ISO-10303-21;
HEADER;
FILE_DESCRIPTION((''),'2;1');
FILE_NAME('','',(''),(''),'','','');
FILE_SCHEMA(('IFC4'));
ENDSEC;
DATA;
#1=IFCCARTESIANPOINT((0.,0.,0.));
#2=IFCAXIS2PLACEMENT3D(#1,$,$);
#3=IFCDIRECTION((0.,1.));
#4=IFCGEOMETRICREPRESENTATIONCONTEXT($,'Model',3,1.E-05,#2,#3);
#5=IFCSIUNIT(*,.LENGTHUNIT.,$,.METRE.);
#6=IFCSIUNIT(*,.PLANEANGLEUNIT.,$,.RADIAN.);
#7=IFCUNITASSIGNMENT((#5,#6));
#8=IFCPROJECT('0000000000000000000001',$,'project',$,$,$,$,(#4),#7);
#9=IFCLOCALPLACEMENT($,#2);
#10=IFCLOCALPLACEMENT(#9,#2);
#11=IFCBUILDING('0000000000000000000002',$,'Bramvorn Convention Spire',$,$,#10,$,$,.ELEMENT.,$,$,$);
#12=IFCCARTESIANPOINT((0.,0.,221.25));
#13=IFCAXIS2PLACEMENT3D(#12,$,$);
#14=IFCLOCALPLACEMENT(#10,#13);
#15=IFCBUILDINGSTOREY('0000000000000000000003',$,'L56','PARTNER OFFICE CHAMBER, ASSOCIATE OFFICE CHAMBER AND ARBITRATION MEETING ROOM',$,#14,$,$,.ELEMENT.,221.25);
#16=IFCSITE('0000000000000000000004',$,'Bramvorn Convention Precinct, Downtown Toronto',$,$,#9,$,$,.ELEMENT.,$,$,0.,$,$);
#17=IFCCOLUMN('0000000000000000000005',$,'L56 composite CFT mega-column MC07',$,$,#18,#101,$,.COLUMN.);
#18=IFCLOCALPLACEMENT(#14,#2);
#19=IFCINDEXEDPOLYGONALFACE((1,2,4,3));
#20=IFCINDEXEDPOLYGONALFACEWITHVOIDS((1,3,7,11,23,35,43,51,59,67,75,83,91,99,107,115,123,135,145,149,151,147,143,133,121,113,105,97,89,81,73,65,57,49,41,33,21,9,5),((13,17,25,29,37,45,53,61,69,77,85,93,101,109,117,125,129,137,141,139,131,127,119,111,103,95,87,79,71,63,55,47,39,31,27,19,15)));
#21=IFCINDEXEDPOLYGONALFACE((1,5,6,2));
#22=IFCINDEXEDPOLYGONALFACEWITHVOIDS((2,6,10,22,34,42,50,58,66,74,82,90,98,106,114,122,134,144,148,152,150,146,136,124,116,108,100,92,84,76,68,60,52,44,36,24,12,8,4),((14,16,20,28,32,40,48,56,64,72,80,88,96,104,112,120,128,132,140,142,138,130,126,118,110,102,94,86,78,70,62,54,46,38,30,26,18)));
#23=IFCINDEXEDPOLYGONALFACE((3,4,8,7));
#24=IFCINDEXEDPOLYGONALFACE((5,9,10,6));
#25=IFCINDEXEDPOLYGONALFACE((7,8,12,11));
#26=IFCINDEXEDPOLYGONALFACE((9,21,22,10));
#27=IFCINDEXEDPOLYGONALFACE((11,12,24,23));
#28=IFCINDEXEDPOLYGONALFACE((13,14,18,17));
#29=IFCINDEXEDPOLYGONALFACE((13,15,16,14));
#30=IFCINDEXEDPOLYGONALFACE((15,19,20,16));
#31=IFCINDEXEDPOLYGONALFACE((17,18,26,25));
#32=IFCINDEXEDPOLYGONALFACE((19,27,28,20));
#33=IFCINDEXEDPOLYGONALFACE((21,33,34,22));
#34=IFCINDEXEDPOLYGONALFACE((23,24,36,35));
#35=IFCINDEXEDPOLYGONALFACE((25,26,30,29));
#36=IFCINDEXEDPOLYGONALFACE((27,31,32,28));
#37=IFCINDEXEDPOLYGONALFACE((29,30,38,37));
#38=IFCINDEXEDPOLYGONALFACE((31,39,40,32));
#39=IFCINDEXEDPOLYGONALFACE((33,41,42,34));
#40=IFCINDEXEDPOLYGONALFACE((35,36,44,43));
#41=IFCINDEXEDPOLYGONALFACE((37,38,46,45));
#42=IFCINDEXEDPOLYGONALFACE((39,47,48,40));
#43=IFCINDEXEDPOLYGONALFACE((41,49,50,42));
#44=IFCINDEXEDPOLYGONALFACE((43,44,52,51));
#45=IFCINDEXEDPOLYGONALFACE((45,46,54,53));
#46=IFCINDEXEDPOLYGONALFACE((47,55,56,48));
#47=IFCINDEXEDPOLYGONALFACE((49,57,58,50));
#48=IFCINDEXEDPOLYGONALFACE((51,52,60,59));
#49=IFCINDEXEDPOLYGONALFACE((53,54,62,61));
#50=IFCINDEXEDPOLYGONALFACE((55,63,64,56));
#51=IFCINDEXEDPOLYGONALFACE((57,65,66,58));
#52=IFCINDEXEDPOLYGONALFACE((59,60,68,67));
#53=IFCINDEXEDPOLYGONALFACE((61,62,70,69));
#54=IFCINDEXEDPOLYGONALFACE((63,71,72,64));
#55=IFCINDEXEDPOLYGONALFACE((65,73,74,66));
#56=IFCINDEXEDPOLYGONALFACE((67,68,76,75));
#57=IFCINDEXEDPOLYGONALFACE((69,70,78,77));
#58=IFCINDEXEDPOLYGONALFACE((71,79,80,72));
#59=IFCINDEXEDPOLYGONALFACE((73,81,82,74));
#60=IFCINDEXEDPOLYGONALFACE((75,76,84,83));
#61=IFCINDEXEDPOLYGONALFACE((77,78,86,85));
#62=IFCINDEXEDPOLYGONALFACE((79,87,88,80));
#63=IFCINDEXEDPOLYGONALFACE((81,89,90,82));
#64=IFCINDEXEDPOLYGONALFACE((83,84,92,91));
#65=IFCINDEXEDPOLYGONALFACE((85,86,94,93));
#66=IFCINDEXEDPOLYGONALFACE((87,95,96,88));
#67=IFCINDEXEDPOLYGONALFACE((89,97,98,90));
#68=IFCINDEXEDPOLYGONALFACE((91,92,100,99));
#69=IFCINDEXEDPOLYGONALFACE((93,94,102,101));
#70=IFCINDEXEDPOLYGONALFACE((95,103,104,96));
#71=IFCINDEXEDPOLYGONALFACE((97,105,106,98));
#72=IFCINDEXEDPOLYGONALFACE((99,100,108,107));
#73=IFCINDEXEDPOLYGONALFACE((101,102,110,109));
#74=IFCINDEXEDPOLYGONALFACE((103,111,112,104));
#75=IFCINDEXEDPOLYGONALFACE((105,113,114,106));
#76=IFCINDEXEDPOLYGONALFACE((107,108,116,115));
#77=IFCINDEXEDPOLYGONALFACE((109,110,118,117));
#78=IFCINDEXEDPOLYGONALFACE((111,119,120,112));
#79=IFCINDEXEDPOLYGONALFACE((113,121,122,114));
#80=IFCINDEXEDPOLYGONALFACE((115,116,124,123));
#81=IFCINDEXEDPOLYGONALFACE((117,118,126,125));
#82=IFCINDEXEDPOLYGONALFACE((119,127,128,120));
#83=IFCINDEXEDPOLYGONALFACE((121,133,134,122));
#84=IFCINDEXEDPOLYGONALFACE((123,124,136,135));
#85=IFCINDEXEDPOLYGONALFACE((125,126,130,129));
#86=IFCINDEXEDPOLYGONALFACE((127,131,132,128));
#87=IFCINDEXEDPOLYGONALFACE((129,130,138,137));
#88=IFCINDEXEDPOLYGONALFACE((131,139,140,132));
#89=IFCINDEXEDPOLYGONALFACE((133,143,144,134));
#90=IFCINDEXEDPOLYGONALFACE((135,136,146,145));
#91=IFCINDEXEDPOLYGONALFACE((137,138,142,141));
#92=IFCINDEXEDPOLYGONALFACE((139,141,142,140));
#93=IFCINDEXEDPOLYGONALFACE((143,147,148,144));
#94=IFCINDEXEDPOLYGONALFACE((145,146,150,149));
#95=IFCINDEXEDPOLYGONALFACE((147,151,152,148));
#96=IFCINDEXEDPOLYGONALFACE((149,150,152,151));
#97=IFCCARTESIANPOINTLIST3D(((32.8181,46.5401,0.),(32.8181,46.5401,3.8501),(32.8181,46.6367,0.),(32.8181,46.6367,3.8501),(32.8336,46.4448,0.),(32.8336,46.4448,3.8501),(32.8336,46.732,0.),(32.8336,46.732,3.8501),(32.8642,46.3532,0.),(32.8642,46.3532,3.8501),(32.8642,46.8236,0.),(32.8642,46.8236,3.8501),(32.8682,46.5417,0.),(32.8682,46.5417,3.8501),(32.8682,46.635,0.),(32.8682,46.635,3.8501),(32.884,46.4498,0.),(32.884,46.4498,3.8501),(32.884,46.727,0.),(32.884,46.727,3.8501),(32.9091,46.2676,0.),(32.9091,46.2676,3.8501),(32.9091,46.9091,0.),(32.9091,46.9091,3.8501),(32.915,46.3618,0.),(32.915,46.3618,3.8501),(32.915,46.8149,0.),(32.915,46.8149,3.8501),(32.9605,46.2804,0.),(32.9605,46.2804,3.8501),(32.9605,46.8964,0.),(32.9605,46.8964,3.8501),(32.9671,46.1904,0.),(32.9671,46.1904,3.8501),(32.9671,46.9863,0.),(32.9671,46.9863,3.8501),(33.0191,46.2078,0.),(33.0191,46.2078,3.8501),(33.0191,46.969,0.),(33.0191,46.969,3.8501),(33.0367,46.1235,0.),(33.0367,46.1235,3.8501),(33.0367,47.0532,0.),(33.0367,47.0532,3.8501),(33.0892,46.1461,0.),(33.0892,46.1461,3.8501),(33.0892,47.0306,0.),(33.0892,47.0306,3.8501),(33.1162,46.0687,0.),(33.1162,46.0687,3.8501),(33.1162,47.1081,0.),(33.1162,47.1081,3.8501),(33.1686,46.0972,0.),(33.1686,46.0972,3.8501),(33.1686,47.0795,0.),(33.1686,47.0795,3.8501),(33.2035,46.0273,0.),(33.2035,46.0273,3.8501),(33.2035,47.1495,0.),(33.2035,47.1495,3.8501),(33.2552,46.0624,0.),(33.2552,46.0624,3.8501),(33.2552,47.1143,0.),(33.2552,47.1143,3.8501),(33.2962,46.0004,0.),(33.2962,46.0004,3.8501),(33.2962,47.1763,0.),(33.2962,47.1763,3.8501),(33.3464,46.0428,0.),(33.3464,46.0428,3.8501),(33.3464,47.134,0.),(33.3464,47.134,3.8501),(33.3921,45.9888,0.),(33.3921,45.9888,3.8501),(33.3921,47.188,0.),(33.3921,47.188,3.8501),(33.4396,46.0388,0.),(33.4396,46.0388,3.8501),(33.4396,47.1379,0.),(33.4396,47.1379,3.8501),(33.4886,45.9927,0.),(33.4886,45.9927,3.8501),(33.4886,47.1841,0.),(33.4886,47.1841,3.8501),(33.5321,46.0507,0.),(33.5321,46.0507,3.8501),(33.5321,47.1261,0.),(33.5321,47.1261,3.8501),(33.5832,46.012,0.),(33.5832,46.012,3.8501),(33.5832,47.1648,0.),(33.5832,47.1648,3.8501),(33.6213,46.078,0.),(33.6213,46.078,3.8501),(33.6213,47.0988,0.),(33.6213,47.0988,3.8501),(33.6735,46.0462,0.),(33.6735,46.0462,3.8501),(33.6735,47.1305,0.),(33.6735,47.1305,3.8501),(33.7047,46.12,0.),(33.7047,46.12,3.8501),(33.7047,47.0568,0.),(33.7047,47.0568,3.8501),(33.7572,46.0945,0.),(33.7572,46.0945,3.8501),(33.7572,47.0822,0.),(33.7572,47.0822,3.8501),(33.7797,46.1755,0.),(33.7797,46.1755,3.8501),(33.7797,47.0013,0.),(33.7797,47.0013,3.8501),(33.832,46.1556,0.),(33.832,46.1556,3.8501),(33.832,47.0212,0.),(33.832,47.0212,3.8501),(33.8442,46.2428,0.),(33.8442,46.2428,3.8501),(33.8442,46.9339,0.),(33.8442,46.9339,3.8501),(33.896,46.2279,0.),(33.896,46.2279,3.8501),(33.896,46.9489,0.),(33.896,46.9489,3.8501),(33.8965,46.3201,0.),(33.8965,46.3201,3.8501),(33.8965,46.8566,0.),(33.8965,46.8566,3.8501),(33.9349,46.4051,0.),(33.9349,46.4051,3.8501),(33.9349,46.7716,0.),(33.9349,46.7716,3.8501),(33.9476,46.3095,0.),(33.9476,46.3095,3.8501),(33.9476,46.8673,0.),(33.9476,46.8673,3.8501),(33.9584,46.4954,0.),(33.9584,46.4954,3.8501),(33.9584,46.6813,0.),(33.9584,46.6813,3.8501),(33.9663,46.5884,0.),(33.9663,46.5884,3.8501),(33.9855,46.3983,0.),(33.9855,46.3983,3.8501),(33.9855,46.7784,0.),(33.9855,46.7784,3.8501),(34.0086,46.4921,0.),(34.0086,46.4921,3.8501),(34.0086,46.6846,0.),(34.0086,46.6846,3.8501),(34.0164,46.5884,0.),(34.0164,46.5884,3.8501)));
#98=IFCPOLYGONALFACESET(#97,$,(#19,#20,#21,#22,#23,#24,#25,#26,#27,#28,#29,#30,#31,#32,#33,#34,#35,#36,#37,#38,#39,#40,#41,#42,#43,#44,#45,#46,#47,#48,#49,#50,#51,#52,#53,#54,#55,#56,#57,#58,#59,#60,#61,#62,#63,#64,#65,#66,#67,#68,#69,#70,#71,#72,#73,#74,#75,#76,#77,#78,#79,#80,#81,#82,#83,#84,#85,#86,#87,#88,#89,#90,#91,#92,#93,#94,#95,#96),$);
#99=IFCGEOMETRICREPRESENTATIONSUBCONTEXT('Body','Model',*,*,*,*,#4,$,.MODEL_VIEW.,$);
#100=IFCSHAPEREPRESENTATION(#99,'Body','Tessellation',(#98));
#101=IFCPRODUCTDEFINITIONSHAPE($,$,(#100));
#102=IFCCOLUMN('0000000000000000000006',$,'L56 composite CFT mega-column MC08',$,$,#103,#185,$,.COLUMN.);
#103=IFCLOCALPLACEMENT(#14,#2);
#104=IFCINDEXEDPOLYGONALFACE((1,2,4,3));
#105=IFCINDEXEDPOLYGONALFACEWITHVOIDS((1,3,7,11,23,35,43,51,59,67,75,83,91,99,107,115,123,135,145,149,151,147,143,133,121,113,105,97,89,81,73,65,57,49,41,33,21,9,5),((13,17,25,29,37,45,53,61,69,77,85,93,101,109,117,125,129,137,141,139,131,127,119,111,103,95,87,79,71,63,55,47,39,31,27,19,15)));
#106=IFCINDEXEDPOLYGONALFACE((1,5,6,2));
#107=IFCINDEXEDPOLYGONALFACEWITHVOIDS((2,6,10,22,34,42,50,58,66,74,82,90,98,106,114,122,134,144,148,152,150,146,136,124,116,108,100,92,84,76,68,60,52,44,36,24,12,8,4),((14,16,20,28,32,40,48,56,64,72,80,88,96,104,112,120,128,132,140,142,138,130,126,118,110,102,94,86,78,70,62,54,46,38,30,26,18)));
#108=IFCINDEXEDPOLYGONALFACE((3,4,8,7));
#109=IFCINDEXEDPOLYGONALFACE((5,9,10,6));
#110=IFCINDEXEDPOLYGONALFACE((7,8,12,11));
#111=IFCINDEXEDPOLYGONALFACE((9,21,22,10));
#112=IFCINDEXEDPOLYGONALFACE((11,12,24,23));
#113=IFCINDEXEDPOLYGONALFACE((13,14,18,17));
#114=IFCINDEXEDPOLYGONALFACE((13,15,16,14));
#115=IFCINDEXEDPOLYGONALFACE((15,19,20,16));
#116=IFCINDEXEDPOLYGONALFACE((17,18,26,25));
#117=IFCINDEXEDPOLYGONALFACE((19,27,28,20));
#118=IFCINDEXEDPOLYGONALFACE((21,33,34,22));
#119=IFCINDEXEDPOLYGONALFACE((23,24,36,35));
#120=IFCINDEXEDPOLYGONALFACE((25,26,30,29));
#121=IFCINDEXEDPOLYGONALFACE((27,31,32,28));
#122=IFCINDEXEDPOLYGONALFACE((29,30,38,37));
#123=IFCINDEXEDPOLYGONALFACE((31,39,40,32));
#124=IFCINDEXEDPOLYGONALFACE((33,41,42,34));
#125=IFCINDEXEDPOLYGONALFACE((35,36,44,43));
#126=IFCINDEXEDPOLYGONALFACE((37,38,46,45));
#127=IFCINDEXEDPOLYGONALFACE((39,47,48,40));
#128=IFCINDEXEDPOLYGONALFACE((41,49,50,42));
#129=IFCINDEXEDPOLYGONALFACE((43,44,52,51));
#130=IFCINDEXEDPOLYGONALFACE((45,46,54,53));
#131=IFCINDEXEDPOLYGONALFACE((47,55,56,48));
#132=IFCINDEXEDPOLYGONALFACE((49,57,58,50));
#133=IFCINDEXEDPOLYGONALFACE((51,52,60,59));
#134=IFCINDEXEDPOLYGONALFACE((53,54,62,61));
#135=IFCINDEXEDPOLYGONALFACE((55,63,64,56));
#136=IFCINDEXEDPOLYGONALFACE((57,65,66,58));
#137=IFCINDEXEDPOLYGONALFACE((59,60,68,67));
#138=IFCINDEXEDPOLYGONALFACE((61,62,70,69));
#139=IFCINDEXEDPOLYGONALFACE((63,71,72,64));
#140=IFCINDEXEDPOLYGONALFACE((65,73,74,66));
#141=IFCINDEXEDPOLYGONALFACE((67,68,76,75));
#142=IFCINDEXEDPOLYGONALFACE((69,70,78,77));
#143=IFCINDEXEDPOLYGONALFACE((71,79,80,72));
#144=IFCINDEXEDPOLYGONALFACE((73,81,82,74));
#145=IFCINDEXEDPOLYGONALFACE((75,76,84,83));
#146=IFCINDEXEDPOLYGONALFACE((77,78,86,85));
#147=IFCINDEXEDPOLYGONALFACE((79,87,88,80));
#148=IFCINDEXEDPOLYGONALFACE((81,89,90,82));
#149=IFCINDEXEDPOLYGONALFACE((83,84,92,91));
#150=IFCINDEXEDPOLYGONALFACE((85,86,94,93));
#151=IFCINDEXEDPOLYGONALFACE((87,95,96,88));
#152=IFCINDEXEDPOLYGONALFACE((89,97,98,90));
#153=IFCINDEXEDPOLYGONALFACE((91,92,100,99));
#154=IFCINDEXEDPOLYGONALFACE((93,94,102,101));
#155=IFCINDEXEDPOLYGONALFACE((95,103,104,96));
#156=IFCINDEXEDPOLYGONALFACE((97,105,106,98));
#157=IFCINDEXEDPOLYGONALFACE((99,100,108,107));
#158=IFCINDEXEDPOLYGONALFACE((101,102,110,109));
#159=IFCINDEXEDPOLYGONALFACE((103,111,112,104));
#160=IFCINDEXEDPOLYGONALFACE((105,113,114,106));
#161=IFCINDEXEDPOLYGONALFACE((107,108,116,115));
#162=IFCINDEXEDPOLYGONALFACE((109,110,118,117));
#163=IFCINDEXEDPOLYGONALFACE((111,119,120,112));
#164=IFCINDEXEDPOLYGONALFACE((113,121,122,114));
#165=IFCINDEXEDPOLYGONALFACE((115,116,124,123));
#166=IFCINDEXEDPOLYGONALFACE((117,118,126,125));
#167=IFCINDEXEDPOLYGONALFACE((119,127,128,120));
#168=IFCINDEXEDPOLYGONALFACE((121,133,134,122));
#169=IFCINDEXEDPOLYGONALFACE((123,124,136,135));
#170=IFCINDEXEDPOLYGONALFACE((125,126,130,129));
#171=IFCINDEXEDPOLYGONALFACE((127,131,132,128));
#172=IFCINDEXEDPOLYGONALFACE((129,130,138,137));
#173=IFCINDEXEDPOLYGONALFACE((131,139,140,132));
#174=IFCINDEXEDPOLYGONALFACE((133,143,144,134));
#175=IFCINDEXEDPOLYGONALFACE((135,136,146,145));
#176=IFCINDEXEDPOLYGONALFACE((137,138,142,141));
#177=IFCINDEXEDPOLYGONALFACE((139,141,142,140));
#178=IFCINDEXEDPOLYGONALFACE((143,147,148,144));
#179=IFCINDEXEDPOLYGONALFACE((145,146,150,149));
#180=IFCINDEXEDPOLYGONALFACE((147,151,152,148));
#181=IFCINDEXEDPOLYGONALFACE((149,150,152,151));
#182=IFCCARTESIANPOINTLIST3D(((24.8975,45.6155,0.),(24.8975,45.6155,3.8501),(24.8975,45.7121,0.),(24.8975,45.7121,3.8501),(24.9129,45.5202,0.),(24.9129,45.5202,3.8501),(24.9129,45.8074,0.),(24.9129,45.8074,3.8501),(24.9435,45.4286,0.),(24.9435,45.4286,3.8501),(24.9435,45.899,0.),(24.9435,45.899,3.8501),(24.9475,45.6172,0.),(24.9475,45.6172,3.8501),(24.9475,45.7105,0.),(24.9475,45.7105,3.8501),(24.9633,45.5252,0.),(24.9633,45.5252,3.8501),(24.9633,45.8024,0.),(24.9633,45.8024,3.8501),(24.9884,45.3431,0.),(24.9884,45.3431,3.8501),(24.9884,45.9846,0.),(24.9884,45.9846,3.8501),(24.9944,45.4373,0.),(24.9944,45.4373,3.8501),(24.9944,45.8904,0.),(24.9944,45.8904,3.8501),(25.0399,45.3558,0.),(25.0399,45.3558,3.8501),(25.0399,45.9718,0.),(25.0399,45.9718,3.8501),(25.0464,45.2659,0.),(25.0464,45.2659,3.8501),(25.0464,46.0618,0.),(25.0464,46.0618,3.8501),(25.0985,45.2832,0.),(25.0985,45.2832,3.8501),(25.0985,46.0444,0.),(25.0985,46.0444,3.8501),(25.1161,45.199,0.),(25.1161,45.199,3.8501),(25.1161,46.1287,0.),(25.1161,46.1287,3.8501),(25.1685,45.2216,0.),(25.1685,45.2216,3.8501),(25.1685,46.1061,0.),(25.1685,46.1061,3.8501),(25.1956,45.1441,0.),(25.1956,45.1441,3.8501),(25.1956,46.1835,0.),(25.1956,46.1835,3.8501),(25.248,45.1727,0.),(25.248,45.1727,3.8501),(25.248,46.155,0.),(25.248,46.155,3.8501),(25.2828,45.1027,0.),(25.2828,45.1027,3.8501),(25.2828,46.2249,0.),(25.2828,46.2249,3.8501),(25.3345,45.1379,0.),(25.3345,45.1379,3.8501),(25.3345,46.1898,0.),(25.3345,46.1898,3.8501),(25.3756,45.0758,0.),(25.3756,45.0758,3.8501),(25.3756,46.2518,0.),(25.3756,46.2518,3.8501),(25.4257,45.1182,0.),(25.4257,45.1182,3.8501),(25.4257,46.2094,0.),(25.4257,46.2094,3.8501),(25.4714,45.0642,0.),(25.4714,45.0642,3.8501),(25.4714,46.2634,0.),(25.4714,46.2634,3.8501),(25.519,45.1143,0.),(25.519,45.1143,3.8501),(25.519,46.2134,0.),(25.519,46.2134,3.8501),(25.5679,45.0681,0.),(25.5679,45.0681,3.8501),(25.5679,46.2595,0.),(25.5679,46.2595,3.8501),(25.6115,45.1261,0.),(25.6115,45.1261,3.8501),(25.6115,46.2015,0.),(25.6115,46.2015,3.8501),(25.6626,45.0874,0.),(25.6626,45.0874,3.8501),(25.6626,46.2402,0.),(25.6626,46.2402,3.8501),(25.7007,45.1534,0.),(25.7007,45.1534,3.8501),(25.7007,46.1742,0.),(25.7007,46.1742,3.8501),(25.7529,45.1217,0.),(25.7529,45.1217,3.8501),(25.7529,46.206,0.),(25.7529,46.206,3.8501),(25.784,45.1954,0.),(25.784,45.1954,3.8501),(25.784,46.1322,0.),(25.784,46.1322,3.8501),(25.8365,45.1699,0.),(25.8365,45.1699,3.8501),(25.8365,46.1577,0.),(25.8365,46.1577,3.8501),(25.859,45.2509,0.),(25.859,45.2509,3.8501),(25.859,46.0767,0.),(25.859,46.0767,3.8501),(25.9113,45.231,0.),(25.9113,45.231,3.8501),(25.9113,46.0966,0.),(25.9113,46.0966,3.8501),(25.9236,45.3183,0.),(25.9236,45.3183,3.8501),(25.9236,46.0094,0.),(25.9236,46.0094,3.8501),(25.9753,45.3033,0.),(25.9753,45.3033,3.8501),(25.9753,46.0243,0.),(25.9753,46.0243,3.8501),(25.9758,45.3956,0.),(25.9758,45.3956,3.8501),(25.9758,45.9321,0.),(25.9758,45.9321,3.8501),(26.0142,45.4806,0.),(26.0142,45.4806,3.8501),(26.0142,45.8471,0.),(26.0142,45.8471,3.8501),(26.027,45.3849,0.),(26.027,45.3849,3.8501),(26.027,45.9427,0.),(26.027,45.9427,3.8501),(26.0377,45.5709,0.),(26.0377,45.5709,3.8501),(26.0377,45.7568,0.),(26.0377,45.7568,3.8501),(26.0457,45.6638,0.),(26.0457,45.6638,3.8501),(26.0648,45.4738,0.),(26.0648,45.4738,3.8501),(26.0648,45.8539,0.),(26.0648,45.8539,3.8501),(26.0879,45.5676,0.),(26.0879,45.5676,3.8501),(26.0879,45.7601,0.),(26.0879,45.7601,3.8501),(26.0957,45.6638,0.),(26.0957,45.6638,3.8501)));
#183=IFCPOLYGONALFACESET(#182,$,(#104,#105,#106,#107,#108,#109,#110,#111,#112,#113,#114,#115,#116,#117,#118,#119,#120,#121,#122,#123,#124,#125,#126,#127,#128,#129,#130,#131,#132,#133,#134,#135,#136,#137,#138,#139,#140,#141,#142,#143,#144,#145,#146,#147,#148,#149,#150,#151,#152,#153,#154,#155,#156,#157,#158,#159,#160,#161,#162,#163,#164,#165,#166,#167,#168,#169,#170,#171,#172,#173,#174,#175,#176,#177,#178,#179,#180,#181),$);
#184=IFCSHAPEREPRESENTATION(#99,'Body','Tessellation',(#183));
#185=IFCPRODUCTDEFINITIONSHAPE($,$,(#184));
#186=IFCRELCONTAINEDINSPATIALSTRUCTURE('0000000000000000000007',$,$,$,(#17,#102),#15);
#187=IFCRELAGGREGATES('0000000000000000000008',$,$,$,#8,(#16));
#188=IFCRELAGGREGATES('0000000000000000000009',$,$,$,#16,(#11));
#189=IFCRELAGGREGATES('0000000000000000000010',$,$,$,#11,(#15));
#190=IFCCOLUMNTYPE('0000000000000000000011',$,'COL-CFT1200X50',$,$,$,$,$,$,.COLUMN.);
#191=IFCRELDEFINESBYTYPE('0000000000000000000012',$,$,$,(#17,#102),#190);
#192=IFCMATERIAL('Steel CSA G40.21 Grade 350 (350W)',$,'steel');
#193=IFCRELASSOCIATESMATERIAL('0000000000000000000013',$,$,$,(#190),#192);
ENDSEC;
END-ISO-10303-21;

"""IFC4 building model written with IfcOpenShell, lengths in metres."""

from ifc_helpers import new_model, si_unit, direction, frame, origin, origin_2d, place, context, subcontext, project, spatial, hollow_circle, extrude, material, material_profile, profile_set, type_object, element, save


model = new_model("IFC4")

# Units and contexts
model_context = context("Model", 3, precision=1e-05, world=origin(), true_north=direction((0.0, 1.0)))
body_context = subcontext(model_context, "Body", "Model", "MODEL_VIEW")
ifc_project = project(units=[si_unit("LENGTHUNIT", "METRE"), si_unit("PLANEANGLEUNIT", "RADIAN")], contexts=[model_context])

# Site, building, storey
site_placement = place(None, origin())
site = spatial("IfcSite", under=ifc_project, at=site_placement, Name="Bramvorn Convention Precinct, Downtown Toronto", CompositionType="ELEMENT", RefElevation=0.0)
building_placement = place(site_placement, origin())
building = spatial("IfcBuilding", under=site, at=building_placement, Name="Bramvorn Convention Spire", CompositionType="ELEMENT")
storey_placement = place(building_placement, frame((0.0, 0.0, 221.25)))
storey = spatial("IfcBuildingStorey", under=building, at=storey_placement, Name="L56", Description="PARTNER OFFICE CHAMBER, ASSOCIATE OFFICE CHAMBER AND ARBITRATION MEETING ROOM", CompositionType="ELEMENT", Elevation=221.25)

# Columns
ifc_material_1 = material(Name="Steel CSA G40.21 Grade 350 (350W)", Category="steel")
ifc_material_profile_1 = material_profile(ifc_material_1, hollow_circle(Radius=0.6001, WallThickness=0.05, at=origin_2d()))
ifc_profile_set_1 = profile_set([ifc_material_profile_1], Name="Steel CSA G40.21 Grade 350 (350W) - CFT1200X50")
column_type = type_object("IfcColumnType", Name="COL-CFT1200X50", PredefinedType="COLUMN", material=ifc_profile_set_1)
for number, where, z_axis, x_axis, name in (
    (1, (33.4163, 46.5884, 0.0), (0.0, 0.0, 1.0), (1.0, 0.0, 0.0), "L56 composite CFT mega-column MC07"),
    (2, (25.4956, 45.6638, 0.0), (0.0, 0.0, 1.0), (1.0, 0.0, 0.0), "L56 composite CFT mega-column MC08"),
):
    element("IfcColumn", number, at=place(storey_placement, frame(where, z_axis=z_axis, x_axis=x_axis)), inside=storey, type_object=column_type, Name=name, PredefinedType="COLUMN", context=body_context, shape_type="SweptSolid", body=[
        extrude(hollow_circle(Radius=0.6001, WallThickness=0.05, at=origin_2d()), origin(), (0.0, 0.0, 1.0), 3.8501),
    ])

save(model, "model.ifc")
